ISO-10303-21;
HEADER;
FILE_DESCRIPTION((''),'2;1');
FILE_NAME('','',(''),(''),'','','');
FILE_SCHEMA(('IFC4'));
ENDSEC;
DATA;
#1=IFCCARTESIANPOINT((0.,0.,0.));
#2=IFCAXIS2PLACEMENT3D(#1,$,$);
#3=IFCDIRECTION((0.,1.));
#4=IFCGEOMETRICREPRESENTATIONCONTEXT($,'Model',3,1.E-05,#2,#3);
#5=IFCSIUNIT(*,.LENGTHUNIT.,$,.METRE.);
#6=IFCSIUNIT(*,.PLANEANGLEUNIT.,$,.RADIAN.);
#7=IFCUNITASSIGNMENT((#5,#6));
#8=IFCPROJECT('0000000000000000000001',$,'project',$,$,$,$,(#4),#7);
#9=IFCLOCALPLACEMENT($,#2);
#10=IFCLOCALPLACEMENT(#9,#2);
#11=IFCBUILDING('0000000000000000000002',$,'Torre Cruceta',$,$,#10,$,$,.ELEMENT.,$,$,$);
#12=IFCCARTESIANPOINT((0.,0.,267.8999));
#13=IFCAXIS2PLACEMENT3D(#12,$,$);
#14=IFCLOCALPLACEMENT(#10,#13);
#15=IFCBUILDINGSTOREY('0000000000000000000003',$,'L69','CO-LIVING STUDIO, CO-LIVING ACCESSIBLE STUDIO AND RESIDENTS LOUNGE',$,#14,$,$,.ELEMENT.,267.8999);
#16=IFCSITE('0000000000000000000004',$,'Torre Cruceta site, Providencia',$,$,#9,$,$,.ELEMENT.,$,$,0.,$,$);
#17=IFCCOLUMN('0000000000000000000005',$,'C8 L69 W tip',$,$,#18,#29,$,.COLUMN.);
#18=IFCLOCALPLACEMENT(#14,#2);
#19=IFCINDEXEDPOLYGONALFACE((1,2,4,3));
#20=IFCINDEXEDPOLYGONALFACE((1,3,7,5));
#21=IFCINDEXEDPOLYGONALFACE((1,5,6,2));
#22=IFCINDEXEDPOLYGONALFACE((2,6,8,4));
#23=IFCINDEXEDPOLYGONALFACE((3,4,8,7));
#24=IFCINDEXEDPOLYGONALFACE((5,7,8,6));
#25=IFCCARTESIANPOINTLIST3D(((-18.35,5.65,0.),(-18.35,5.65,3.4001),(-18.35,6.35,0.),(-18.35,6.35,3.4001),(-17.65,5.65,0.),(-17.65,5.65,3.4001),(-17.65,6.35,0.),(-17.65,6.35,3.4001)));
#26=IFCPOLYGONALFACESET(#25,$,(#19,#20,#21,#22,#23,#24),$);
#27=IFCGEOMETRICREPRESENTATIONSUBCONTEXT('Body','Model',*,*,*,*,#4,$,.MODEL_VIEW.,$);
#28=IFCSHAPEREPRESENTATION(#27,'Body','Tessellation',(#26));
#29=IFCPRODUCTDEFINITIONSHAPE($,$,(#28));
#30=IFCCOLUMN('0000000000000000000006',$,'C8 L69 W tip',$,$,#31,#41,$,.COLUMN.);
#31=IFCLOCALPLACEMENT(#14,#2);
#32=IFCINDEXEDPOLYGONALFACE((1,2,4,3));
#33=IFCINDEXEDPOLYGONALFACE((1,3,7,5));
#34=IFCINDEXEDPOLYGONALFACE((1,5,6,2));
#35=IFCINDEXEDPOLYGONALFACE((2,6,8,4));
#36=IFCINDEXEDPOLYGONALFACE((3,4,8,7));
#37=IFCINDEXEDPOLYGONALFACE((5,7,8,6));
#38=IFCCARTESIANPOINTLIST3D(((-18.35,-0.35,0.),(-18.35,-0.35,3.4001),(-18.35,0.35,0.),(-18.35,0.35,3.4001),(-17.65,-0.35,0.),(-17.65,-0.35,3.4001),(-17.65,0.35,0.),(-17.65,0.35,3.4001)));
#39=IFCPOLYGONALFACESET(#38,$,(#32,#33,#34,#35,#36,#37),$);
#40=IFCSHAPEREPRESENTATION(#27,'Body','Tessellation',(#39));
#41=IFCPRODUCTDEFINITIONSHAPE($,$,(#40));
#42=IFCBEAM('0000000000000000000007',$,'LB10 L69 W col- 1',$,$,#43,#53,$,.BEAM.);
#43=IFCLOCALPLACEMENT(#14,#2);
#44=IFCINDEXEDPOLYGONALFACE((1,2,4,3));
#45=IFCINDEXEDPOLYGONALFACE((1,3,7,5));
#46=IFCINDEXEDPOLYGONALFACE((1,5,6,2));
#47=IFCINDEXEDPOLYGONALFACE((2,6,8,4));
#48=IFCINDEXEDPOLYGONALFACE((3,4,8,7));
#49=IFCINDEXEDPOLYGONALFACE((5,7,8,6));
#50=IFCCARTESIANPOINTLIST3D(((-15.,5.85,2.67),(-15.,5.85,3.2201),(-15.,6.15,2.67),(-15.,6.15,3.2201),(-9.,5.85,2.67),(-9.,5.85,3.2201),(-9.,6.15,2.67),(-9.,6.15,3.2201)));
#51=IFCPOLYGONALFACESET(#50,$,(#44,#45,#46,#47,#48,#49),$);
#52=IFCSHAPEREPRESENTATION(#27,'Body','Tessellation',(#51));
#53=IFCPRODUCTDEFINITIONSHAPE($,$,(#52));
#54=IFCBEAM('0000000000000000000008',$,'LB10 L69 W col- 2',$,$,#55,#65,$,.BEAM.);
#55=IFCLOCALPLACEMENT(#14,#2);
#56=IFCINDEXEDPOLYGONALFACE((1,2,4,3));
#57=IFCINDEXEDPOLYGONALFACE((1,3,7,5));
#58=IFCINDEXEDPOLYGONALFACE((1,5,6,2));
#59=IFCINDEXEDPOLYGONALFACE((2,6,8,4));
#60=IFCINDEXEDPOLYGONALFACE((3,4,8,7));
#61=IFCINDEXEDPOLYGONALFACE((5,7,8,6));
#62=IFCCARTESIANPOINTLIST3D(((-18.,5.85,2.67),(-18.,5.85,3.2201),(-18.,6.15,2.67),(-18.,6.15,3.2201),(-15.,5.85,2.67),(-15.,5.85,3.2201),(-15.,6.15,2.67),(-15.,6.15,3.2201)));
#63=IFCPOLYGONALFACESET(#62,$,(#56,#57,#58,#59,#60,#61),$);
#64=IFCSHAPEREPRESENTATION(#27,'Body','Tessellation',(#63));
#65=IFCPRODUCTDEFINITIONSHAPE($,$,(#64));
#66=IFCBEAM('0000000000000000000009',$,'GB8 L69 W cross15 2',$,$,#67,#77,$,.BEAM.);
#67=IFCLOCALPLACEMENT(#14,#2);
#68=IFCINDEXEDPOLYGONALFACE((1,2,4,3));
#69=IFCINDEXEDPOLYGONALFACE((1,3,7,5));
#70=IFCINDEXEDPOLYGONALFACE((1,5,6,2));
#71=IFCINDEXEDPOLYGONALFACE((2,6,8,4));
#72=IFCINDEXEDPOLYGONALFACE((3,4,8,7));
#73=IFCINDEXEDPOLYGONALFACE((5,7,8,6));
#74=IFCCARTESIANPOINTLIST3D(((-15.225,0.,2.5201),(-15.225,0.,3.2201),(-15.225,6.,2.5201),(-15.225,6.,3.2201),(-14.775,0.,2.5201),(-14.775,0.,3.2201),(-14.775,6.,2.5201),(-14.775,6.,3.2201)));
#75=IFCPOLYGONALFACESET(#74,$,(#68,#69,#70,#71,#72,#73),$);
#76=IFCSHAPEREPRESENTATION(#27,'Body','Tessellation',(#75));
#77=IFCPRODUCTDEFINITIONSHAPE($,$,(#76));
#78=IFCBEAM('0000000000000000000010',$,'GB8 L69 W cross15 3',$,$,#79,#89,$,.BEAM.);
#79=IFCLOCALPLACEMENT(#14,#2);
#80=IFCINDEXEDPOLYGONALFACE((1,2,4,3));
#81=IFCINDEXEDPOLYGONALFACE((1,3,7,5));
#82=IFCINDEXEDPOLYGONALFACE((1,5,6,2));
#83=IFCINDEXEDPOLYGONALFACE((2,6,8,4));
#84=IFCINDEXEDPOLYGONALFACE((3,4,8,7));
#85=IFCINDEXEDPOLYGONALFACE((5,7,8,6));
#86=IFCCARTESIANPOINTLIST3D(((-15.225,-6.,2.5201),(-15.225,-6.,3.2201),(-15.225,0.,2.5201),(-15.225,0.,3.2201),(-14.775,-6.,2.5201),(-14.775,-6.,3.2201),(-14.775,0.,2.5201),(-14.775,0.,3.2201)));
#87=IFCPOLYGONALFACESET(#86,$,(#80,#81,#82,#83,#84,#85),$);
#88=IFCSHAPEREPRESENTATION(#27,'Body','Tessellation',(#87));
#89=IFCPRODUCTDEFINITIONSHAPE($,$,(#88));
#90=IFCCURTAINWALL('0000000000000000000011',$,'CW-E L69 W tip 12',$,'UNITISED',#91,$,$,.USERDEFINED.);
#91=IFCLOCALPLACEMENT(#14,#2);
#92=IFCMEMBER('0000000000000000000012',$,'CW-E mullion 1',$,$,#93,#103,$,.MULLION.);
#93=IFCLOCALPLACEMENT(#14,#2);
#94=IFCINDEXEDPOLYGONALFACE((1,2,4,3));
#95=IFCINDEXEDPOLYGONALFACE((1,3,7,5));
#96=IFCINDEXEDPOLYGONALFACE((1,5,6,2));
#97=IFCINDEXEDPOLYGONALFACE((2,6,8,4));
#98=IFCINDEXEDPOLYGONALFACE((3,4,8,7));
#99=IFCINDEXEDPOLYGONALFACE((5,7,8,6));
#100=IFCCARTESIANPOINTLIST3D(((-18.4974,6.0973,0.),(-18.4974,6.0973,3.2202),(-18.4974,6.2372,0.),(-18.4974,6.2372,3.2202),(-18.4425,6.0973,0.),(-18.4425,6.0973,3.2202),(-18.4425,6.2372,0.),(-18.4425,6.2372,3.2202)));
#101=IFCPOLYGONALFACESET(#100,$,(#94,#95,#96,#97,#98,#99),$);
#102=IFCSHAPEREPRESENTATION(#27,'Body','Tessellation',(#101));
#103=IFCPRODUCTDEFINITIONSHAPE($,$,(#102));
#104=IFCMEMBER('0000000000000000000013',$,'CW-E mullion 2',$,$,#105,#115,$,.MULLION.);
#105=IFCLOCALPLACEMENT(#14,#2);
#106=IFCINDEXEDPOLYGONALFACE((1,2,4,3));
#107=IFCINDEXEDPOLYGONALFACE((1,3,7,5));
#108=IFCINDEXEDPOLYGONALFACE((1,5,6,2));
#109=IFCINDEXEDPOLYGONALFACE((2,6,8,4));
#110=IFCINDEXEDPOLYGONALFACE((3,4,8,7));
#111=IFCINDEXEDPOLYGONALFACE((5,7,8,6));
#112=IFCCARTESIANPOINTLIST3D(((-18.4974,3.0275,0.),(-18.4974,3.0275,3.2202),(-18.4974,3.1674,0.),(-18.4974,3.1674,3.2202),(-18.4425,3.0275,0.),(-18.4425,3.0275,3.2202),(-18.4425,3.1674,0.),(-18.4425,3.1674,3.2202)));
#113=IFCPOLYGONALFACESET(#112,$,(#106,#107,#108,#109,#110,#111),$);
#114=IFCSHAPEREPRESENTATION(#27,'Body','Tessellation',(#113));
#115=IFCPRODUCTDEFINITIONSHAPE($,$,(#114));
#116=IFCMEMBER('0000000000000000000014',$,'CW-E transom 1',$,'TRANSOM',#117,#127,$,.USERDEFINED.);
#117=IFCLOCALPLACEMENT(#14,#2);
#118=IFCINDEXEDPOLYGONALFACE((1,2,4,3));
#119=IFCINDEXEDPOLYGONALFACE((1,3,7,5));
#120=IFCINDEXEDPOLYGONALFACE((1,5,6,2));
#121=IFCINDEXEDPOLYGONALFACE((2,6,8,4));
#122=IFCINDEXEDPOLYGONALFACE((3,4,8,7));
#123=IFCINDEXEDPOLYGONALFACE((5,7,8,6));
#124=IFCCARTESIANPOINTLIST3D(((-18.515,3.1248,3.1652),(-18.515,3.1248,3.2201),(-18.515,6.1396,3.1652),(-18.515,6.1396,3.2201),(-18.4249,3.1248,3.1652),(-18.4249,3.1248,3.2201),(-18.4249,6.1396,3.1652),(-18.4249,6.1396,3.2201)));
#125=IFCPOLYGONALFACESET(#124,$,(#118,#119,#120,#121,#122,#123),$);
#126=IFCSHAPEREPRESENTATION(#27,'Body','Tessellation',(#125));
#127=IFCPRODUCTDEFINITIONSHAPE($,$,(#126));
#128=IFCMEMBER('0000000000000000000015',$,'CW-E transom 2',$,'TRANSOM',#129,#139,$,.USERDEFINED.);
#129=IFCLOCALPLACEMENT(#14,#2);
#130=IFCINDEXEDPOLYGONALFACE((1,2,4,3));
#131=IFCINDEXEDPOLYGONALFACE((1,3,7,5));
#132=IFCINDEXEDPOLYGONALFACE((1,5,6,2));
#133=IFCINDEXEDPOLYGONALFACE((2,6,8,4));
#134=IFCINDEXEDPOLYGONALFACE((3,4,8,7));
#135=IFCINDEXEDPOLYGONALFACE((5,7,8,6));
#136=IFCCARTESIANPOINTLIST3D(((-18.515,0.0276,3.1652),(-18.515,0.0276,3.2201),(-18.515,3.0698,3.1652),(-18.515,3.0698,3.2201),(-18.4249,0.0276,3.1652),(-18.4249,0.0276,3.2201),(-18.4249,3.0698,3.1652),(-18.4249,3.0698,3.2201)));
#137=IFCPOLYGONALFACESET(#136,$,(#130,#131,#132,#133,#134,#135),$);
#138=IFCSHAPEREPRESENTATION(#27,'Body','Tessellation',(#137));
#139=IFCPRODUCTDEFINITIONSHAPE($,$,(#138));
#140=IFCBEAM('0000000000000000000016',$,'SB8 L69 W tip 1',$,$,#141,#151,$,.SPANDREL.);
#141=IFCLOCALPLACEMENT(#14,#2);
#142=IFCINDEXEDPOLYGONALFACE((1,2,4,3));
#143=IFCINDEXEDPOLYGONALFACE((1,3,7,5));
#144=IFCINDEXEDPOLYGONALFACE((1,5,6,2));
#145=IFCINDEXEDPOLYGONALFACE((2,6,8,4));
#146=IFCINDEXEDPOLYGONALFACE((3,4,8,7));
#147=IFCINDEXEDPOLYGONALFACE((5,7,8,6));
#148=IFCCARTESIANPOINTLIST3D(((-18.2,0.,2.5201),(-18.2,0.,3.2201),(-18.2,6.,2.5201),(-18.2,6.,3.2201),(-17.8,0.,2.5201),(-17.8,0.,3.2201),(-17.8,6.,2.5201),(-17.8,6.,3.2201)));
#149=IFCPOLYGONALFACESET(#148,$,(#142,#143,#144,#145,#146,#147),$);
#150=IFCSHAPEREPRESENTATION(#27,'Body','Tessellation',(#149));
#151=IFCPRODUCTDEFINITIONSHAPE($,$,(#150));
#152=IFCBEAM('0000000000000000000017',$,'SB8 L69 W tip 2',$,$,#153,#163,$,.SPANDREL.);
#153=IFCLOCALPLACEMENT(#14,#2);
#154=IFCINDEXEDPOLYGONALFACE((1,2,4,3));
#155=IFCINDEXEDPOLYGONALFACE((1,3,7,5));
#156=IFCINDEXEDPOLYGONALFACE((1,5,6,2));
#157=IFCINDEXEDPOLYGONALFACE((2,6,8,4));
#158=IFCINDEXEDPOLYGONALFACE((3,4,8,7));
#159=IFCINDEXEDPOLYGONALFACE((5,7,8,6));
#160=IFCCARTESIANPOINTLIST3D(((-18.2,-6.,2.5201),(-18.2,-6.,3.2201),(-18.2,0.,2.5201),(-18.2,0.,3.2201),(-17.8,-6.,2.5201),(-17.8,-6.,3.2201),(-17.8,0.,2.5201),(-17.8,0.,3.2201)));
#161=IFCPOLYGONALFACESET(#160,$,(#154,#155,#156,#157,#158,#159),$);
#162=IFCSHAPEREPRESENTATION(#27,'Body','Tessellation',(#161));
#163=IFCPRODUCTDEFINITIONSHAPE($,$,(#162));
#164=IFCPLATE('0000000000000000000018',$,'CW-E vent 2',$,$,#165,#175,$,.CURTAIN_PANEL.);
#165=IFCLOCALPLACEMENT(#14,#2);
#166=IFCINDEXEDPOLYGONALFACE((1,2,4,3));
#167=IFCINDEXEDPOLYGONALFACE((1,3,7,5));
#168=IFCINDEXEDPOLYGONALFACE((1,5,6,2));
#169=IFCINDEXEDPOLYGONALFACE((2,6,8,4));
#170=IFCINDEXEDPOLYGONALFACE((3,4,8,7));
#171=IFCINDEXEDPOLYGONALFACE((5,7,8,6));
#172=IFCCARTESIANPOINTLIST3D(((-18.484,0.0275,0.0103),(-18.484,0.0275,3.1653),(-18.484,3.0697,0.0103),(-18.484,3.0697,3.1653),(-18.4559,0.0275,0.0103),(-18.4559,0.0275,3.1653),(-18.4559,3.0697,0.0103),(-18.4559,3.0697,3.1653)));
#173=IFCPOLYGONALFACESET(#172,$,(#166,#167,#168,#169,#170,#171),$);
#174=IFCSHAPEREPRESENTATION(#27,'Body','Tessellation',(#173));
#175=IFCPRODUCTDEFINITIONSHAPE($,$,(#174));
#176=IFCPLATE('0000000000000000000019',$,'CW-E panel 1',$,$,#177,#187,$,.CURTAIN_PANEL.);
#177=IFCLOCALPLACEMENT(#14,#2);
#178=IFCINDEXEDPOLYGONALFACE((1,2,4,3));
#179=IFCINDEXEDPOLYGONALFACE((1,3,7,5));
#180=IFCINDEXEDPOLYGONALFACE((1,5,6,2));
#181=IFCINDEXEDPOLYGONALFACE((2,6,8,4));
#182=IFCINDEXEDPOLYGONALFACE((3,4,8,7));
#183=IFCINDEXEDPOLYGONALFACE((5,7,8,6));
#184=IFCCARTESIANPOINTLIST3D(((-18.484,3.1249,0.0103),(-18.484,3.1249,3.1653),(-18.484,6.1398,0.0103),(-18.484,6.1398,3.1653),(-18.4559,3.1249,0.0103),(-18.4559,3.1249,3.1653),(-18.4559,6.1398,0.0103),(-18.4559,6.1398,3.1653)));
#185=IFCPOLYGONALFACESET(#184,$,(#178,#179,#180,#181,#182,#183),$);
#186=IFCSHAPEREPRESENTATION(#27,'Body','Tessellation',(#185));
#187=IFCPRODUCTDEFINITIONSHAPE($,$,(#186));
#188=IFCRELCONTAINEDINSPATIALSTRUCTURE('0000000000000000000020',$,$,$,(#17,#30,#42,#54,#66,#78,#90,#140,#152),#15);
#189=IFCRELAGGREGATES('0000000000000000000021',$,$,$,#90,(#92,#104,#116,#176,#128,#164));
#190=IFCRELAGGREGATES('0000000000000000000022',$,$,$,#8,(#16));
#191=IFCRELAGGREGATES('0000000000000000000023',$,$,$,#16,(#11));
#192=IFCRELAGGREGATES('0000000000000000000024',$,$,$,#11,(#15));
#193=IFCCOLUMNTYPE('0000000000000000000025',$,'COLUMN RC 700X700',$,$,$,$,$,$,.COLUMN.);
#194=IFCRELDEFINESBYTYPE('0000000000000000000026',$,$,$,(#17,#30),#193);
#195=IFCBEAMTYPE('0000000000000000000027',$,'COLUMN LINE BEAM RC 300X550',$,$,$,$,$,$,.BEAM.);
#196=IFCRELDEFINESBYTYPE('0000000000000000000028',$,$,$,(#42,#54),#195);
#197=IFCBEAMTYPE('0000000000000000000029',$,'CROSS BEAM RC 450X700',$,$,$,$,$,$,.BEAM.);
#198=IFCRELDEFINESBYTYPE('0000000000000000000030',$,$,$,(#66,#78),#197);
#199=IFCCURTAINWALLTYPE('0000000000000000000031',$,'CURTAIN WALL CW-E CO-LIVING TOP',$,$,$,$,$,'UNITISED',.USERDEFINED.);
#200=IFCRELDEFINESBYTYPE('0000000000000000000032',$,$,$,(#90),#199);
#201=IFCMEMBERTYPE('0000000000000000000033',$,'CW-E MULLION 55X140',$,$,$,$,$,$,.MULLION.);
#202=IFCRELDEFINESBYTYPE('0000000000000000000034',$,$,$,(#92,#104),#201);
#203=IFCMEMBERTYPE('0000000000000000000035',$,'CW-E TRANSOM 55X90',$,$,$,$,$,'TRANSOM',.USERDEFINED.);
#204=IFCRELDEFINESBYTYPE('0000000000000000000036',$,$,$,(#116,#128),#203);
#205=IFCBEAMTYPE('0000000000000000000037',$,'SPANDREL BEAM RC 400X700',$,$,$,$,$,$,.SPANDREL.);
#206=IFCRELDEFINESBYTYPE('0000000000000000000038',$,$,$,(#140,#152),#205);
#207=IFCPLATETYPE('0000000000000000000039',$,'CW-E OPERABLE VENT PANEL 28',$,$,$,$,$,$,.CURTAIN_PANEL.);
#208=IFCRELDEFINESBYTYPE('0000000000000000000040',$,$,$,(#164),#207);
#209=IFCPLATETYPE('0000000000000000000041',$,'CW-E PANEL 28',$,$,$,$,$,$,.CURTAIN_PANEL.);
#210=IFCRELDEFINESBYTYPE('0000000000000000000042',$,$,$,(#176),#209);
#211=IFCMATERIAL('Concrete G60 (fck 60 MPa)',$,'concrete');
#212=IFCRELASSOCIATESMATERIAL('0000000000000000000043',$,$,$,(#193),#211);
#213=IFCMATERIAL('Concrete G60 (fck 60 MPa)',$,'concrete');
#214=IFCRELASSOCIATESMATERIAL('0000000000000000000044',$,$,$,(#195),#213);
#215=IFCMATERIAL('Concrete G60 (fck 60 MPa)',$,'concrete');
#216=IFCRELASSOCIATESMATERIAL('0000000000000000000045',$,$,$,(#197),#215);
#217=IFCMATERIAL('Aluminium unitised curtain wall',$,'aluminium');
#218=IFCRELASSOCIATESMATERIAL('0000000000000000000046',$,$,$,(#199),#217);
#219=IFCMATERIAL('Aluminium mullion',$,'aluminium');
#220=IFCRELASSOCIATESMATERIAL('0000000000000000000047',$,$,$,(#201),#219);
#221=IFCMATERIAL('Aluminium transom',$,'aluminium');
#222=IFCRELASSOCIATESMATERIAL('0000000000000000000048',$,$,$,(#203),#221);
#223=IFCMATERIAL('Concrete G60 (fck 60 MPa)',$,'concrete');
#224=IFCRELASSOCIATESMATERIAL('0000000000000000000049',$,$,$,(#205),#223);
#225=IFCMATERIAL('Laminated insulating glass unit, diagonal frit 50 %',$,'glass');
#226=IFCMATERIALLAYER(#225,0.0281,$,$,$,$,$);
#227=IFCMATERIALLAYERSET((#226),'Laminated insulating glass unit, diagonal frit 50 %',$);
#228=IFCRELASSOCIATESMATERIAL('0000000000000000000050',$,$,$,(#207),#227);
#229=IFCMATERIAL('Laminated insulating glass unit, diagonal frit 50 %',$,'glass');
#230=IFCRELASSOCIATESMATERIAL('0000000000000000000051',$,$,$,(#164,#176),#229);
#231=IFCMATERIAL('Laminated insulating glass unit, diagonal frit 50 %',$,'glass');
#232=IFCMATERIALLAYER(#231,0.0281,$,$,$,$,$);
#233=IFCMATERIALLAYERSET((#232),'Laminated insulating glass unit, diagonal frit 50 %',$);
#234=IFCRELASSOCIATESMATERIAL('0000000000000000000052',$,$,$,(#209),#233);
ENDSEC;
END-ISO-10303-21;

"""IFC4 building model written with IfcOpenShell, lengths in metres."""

from ifc_helpers import new_model, si_unit, direction, frame, origin, origin_2d, place, context, subcontext, project, spatial, rectangle, extrude, material, layer, layer_set, material_profile, profile_set, type_object, element, aggregate, save


model = new_model("IFC4")

# Units and contexts
model_context = context("Model", 3, precision=1e-05, world=origin(), true_north=direction((0.0, 1.0)))
body_context = subcontext(model_context, "Body", "Model", "MODEL_VIEW")
ifc_project = project(units=[si_unit("LENGTHUNIT", "METRE"), si_unit("PLANEANGLEUNIT", "RADIAN")], contexts=[model_context])

# Site, building, storey
site_placement = place(None, origin())
site = spatial("IfcSite", under=ifc_project, at=site_placement, Name="Torre Cruceta site, Providencia", CompositionType="ELEMENT", RefElevation=0.0)
building_placement = place(site_placement, origin())
building = spatial("IfcBuilding", under=site, at=building_placement, Name="Torre Cruceta", CompositionType="ELEMENT")
storey_placement = place(building_placement, frame((0.0, 0.0, 267.8999)))
storey = spatial("IfcBuildingStorey", under=building, at=storey_placement, Name="L69", Description="CO-LIVING STUDIO, CO-LIVING ACCESSIBLE STUDIO AND RESIDENTS LOUNGE", CompositionType="ELEMENT", Elevation=267.8999)

# Columns
ifc_material_1 = material(Name="Concrete G60 (fck 60 MPa)", Category="concrete")
ifc_material_profile_1 = material_profile(ifc_material_1, rectangle(XDim=0.7, YDim=0.7, at=origin_2d()), Name="RC 700X700")
ifc_profile_set_1 = profile_set([ifc_material_profile_1], Name="Concrete G60 (fck 60 MPa)")
column_type = type_object("IfcColumnType", Name="COLUMN RC 700X700", PredefinedType="COLUMN", material=ifc_profile_set_1)
for number, where, z_axis, x_axis, name in (
    (1, (-18.0, 6.0, 0.0), (0.0, 0.0, 1.0), (1.0, 0.0, 0.0), "C8 L69 W tip"),
    (2, (-18.0, 0.0, 0.0), (0.0, 0.0, 1.0), (1.0, 0.0, 0.0), "C8 L69 W tip"),
):
    element("IfcColumn", number, at=place(storey_placement, frame(where, z_axis=z_axis, x_axis=x_axis)), inside=storey, type_object=column_type, Name=name, PredefinedType="COLUMN", context=body_context, shape_type="SweptSolid", body=[
        extrude(rectangle(XDim=0.7, YDim=0.7, at=origin_2d()), origin(), (0.0, 0.0, 1.0), 3.4001),
    ])

# Beams
ifc_material_2 = material(Name="Concrete G60 (fck 60 MPa)", Category="concrete")
ifc_material_profile_2 = material_profile(ifc_material_2, rectangle(XDim=0.3, YDim=0.55, at=origin_2d()), Name="RC 300X550")
ifc_profile_set_2 = profile_set([ifc_material_profile_2], Name="Concrete G60 (fck 60 MPa)")
beam_type_1 = type_object("IfcBeamType", Name="COLUMN LINE BEAM RC 300X550", PredefinedType="BEAM", material=ifc_profile_set_2)
beam_1_placement = place(storey_placement, frame((-9.0, 6.0, 2.9451), z_axis=(-1.0, 0.0, 0.0), x_axis=(0.0, -1.0, 0.0)))
element("IfcBeam", 3, at=beam_1_placement, inside=storey, type_object=beam_type_1, Name="LB10 L69 W col- 1", PredefinedType="BEAM", context=body_context, shape_type="SweptSolid", body=[
    extrude(rectangle(XDim=0.3, YDim=0.55, at=origin_2d()), origin(), (0.0, 0.0, 1.0), 6.0),
])
beam_2_placement = place(storey_placement, frame((-15.0, 6.0, 2.9451), z_axis=(-1.0, 0.0, 0.0), x_axis=(0.0, -1.0, 0.0)))
element("IfcBeam", 4, at=beam_2_placement, inside=storey, type_object=beam_type_1, Name="LB10 L69 W col- 2", PredefinedType="BEAM", context=body_context, shape_type="SweptSolid", body=[
    extrude(rectangle(XDim=0.3, YDim=0.55, at=origin_2d()), origin(), (0.0, 0.0, 1.0), 3.0),
])
ifc_material_3 = material(Name="Concrete G60 (fck 60 MPa)", Category="concrete")
ifc_material_profile_3 = material_profile(ifc_material_3, rectangle(XDim=0.45, YDim=0.7, at=origin_2d()), Name="RC 450X700")
ifc_profile_set_3 = profile_set([ifc_material_profile_3], Name="Concrete G60 (fck 60 MPa)")
beam_type_2 = type_object("IfcBeamType", Name="CROSS BEAM RC 450X700", PredefinedType="BEAM", material=ifc_profile_set_3)
for number, where, z_axis, x_axis, name in (
    (5, (-15.0, 6.0, 2.8701), (0.0, -1.0, 0.0), (1.0, 0.0, 0.0), "GB8 L69 W cross15 2"),
    (6, (-15.0, 0.0, 2.8701), (0.0, -1.0, 0.0), (1.0, 0.0, 0.0), "GB8 L69 W cross15 3"),
):
    element("IfcBeam", number, at=place(storey_placement, frame(where, z_axis=z_axis, x_axis=x_axis)), inside=storey, type_object=beam_type_2, Name=name, PredefinedType="BEAM", context=body_context, shape_type="SweptSolid", body=[
        extrude(rectangle(XDim=0.45, YDim=0.7, at=origin_2d()), origin(), (0.0, 0.0, 1.0), 6.0),
    ])

# Curtain wall, members
ifc_material_4 = material(Name="Aluminium unitised curtain wall", Category="aluminium")
curtain_wall_type = type_object("IfcCurtainWallType", Name="CURTAIN WALL CW-E CO-LIVING TOP", ElementType="UNITISED", PredefinedType="USERDEFINED", material=ifc_material_4)
curtain_wall_placement = place(storey_placement, origin())
curtain_wall = element("IfcCurtainWall", 7, at=curtain_wall_placement, inside=storey, type_object=curtain_wall_type, Name="CW-E L69 W tip 12", ObjectType="UNITISED", PredefinedType="USERDEFINED")
ifc_material_5 = material(Name="Aluminium mullion", Category="aluminium")
ifc_material_profile_4 = material_profile(ifc_material_5, rectangle(XDim=0.0549, YDim=0.1399, at=origin_2d()), Name="AL 55X140")
ifc_profile_set_4 = profile_set([ifc_material_profile_4], Name="Aluminium mullion")
member_type_1 = type_object("IfcMemberType", Name="CW-E MULLION 55X140", PredefinedType="MULLION", material=ifc_profile_set_4)
member_1_placement = place(storey_placement, frame((-18.47, 6.1672, 0.0), z_axis=(0.0, 0.0, 1.0), x_axis=(1.0, 0.0, 0.0)))
member_1 = element("IfcMember", 8, at=member_1_placement, type_object=member_type_1, Name="CW-E mullion 1", PredefinedType="MULLION", context=body_context, shape_type="SweptSolid", body=[
    extrude(rectangle(XDim=0.0549, YDim=0.1399, at=origin_2d()), origin(), (0.0, 0.0, 1.0), 3.2202),
])
member_2_placement = place(storey_placement, frame((-18.47, 3.0974, 0.0), z_axis=(0.0, 0.0, 1.0), x_axis=(1.0, 0.0, 0.0)))
member_2 = element("IfcMember", 9, at=member_2_placement, type_object=member_type_1, Name="CW-E mullion 2", PredefinedType="MULLION", context=body_context, shape_type="SweptSolid", body=[
    extrude(rectangle(XDim=0.0549, YDim=0.1399, at=origin_2d()), origin(), (0.0, 0.0, 1.0), 3.2202),
])
ifc_material_6 = material(Name="Aluminium transom", Category="aluminium")
ifc_material_profile_5 = material_profile(ifc_material_6, rectangle(XDim=0.0901, YDim=0.0549, at=origin_2d()), Name="AL 90X55")
ifc_profile_set_5 = profile_set([ifc_material_profile_5], Name="Aluminium transom")
member_type_2 = type_object("IfcMemberType", Name="CW-E TRANSOM 55X90", ElementType="TRANSOM", PredefinedType="USERDEFINED", material=ifc_profile_set_5)
member_3_placement = place(storey_placement, frame((-18.47, 6.1396, 3.1926), z_axis=(0.0, -1.0, 0.0), x_axis=(1.0, 0.0, 0.0)))
member_3 = element("IfcMember", 10, at=member_3_placement, type_object=member_type_2, Name="CW-E transom 1", ObjectType="TRANSOM", PredefinedType="USERDEFINED", context=body_context, shape_type="SweptSolid", body=[
    extrude(rectangle(XDim=0.0901, YDim=0.0549, at=origin_2d()), origin(), (0.0, 0.0, 1.0), 3.0149),
])
member_4_placement = place(storey_placement, frame((-18.47, 3.0698, 3.1926), z_axis=(0.0, -1.0, 0.0), x_axis=(1.0, 0.0, 0.0)))
member_4 = element("IfcMember", 11, at=member_4_placement, type_object=member_type_2, Name="CW-E transom 2", ObjectType="TRANSOM", PredefinedType="USERDEFINED", context=body_context, shape_type="SweptSolid", body=[
    extrude(rectangle(XDim=0.0901, YDim=0.0549, at=origin_2d()), origin(), (0.0, 0.0, 1.0), 3.0422),
])

# Beams
ifc_material_7 = material(Name="Concrete G60 (fck 60 MPa)", Category="concrete")
ifc_material_profile_6 = material_profile(ifc_material_7, rectangle(XDim=0.3999, YDim=0.7, at=origin_2d()), Name="RC 400X700")
ifc_profile_set_6 = profile_set([ifc_material_profile_6], Name="Concrete G60 (fck 60 MPa)")
beam_type_3 = type_object("IfcBeamType", Name="SPANDREL BEAM RC 400X700", PredefinedType="SPANDREL", material=ifc_profile_set_6)
for number, where, z_axis, x_axis, name in (
    (12, (-18.0, 6.0, 2.8701), (0.0, -1.0, 0.0), (1.0, 0.0, 0.0), "SB8 L69 W tip 1"),
    (13, (-18.0, 0.0, 2.8701), (0.0, -1.0, 0.0), (1.0, 0.0, 0.0), "SB8 L69 W tip 2"),
):
    element("IfcBeam", number, at=place(storey_placement, frame(where, z_axis=z_axis, x_axis=x_axis)), inside=storey, type_object=beam_type_3, Name=name, PredefinedType="SPANDREL", context=body_context, shape_type="SweptSolid", body=[
        extrude(rectangle(XDim=0.3999, YDim=0.7, at=origin_2d()), origin(), (0.0, 0.0, 1.0), 6.0),
    ])

# Plates
ifc_material_8 = material(Name="Laminated insulating glass unit, diagonal frit 50 %", Category="glass")
ifc_material_9 = material(Name="Laminated insulating glass unit, diagonal frit 50 %", Category="glass")
ifc_layer_1 = layer(ifc_material_9, 0.0281)
ifc_layer_set_1 = layer_set([ifc_layer_1], Name="Laminated insulating glass unit, diagonal frit 50 %")
plate_type_1 = type_object("IfcPlateType", Name="CW-E OPERABLE VENT PANEL 28", PredefinedType="CURTAIN_PANEL", material=ifc_layer_set_1)
plate_1_placement = place(storey_placement, frame((-18.47, 1.5486, 0.0103), z_axis=(0.0, 0.0, 1.0), x_axis=(0.0, -1.0, 0.0)))
plate_1 = element("IfcPlate", 14, at=plate_1_placement, type_object=plate_type_1, material=ifc_material_8, Name="CW-E vent 2", PredefinedType="CURTAIN_PANEL", context=body_context, shape_type="SweptSolid", body=[
    extrude(rectangle(XDim=3.0422, YDim=0.0281, at=origin_2d()), origin(), (0.0, 0.0, 1.0), 3.155),
])
ifc_material_10 = material(Name="Laminated insulating glass unit, diagonal frit 50 %", Category="glass")
ifc_layer_2 = layer(ifc_material_10, 0.0281)
ifc_layer_set_2 = layer_set([ifc_layer_2], Name="Laminated insulating glass unit, diagonal frit 50 %")
plate_type_2 = type_object("IfcPlateType", Name="CW-E PANEL 28", PredefinedType="CURTAIN_PANEL", material=ifc_layer_set_2)
plate_2_placement = place(storey_placement, frame((-18.47, 4.6323, 0.0103), z_axis=(0.0, 0.0, 1.0), x_axis=(0.0, -1.0, 0.0)))
plate_2 = element("IfcPlate", 15, at=plate_2_placement, type_object=plate_type_2, material=ifc_material_8, Name="CW-E panel 1", PredefinedType="CURTAIN_PANEL", context=body_context, shape_type="SweptSolid", body=[
    extrude(rectangle(XDim=3.0149, YDim=0.0281, at=origin_2d()), origin(), (0.0, 0.0, 1.0), 3.155),
])
aggregate(curtain_wall, [member_1, member_2, member_3, plate_2, member_4, plate_1])

save(model, "model.ifc")
